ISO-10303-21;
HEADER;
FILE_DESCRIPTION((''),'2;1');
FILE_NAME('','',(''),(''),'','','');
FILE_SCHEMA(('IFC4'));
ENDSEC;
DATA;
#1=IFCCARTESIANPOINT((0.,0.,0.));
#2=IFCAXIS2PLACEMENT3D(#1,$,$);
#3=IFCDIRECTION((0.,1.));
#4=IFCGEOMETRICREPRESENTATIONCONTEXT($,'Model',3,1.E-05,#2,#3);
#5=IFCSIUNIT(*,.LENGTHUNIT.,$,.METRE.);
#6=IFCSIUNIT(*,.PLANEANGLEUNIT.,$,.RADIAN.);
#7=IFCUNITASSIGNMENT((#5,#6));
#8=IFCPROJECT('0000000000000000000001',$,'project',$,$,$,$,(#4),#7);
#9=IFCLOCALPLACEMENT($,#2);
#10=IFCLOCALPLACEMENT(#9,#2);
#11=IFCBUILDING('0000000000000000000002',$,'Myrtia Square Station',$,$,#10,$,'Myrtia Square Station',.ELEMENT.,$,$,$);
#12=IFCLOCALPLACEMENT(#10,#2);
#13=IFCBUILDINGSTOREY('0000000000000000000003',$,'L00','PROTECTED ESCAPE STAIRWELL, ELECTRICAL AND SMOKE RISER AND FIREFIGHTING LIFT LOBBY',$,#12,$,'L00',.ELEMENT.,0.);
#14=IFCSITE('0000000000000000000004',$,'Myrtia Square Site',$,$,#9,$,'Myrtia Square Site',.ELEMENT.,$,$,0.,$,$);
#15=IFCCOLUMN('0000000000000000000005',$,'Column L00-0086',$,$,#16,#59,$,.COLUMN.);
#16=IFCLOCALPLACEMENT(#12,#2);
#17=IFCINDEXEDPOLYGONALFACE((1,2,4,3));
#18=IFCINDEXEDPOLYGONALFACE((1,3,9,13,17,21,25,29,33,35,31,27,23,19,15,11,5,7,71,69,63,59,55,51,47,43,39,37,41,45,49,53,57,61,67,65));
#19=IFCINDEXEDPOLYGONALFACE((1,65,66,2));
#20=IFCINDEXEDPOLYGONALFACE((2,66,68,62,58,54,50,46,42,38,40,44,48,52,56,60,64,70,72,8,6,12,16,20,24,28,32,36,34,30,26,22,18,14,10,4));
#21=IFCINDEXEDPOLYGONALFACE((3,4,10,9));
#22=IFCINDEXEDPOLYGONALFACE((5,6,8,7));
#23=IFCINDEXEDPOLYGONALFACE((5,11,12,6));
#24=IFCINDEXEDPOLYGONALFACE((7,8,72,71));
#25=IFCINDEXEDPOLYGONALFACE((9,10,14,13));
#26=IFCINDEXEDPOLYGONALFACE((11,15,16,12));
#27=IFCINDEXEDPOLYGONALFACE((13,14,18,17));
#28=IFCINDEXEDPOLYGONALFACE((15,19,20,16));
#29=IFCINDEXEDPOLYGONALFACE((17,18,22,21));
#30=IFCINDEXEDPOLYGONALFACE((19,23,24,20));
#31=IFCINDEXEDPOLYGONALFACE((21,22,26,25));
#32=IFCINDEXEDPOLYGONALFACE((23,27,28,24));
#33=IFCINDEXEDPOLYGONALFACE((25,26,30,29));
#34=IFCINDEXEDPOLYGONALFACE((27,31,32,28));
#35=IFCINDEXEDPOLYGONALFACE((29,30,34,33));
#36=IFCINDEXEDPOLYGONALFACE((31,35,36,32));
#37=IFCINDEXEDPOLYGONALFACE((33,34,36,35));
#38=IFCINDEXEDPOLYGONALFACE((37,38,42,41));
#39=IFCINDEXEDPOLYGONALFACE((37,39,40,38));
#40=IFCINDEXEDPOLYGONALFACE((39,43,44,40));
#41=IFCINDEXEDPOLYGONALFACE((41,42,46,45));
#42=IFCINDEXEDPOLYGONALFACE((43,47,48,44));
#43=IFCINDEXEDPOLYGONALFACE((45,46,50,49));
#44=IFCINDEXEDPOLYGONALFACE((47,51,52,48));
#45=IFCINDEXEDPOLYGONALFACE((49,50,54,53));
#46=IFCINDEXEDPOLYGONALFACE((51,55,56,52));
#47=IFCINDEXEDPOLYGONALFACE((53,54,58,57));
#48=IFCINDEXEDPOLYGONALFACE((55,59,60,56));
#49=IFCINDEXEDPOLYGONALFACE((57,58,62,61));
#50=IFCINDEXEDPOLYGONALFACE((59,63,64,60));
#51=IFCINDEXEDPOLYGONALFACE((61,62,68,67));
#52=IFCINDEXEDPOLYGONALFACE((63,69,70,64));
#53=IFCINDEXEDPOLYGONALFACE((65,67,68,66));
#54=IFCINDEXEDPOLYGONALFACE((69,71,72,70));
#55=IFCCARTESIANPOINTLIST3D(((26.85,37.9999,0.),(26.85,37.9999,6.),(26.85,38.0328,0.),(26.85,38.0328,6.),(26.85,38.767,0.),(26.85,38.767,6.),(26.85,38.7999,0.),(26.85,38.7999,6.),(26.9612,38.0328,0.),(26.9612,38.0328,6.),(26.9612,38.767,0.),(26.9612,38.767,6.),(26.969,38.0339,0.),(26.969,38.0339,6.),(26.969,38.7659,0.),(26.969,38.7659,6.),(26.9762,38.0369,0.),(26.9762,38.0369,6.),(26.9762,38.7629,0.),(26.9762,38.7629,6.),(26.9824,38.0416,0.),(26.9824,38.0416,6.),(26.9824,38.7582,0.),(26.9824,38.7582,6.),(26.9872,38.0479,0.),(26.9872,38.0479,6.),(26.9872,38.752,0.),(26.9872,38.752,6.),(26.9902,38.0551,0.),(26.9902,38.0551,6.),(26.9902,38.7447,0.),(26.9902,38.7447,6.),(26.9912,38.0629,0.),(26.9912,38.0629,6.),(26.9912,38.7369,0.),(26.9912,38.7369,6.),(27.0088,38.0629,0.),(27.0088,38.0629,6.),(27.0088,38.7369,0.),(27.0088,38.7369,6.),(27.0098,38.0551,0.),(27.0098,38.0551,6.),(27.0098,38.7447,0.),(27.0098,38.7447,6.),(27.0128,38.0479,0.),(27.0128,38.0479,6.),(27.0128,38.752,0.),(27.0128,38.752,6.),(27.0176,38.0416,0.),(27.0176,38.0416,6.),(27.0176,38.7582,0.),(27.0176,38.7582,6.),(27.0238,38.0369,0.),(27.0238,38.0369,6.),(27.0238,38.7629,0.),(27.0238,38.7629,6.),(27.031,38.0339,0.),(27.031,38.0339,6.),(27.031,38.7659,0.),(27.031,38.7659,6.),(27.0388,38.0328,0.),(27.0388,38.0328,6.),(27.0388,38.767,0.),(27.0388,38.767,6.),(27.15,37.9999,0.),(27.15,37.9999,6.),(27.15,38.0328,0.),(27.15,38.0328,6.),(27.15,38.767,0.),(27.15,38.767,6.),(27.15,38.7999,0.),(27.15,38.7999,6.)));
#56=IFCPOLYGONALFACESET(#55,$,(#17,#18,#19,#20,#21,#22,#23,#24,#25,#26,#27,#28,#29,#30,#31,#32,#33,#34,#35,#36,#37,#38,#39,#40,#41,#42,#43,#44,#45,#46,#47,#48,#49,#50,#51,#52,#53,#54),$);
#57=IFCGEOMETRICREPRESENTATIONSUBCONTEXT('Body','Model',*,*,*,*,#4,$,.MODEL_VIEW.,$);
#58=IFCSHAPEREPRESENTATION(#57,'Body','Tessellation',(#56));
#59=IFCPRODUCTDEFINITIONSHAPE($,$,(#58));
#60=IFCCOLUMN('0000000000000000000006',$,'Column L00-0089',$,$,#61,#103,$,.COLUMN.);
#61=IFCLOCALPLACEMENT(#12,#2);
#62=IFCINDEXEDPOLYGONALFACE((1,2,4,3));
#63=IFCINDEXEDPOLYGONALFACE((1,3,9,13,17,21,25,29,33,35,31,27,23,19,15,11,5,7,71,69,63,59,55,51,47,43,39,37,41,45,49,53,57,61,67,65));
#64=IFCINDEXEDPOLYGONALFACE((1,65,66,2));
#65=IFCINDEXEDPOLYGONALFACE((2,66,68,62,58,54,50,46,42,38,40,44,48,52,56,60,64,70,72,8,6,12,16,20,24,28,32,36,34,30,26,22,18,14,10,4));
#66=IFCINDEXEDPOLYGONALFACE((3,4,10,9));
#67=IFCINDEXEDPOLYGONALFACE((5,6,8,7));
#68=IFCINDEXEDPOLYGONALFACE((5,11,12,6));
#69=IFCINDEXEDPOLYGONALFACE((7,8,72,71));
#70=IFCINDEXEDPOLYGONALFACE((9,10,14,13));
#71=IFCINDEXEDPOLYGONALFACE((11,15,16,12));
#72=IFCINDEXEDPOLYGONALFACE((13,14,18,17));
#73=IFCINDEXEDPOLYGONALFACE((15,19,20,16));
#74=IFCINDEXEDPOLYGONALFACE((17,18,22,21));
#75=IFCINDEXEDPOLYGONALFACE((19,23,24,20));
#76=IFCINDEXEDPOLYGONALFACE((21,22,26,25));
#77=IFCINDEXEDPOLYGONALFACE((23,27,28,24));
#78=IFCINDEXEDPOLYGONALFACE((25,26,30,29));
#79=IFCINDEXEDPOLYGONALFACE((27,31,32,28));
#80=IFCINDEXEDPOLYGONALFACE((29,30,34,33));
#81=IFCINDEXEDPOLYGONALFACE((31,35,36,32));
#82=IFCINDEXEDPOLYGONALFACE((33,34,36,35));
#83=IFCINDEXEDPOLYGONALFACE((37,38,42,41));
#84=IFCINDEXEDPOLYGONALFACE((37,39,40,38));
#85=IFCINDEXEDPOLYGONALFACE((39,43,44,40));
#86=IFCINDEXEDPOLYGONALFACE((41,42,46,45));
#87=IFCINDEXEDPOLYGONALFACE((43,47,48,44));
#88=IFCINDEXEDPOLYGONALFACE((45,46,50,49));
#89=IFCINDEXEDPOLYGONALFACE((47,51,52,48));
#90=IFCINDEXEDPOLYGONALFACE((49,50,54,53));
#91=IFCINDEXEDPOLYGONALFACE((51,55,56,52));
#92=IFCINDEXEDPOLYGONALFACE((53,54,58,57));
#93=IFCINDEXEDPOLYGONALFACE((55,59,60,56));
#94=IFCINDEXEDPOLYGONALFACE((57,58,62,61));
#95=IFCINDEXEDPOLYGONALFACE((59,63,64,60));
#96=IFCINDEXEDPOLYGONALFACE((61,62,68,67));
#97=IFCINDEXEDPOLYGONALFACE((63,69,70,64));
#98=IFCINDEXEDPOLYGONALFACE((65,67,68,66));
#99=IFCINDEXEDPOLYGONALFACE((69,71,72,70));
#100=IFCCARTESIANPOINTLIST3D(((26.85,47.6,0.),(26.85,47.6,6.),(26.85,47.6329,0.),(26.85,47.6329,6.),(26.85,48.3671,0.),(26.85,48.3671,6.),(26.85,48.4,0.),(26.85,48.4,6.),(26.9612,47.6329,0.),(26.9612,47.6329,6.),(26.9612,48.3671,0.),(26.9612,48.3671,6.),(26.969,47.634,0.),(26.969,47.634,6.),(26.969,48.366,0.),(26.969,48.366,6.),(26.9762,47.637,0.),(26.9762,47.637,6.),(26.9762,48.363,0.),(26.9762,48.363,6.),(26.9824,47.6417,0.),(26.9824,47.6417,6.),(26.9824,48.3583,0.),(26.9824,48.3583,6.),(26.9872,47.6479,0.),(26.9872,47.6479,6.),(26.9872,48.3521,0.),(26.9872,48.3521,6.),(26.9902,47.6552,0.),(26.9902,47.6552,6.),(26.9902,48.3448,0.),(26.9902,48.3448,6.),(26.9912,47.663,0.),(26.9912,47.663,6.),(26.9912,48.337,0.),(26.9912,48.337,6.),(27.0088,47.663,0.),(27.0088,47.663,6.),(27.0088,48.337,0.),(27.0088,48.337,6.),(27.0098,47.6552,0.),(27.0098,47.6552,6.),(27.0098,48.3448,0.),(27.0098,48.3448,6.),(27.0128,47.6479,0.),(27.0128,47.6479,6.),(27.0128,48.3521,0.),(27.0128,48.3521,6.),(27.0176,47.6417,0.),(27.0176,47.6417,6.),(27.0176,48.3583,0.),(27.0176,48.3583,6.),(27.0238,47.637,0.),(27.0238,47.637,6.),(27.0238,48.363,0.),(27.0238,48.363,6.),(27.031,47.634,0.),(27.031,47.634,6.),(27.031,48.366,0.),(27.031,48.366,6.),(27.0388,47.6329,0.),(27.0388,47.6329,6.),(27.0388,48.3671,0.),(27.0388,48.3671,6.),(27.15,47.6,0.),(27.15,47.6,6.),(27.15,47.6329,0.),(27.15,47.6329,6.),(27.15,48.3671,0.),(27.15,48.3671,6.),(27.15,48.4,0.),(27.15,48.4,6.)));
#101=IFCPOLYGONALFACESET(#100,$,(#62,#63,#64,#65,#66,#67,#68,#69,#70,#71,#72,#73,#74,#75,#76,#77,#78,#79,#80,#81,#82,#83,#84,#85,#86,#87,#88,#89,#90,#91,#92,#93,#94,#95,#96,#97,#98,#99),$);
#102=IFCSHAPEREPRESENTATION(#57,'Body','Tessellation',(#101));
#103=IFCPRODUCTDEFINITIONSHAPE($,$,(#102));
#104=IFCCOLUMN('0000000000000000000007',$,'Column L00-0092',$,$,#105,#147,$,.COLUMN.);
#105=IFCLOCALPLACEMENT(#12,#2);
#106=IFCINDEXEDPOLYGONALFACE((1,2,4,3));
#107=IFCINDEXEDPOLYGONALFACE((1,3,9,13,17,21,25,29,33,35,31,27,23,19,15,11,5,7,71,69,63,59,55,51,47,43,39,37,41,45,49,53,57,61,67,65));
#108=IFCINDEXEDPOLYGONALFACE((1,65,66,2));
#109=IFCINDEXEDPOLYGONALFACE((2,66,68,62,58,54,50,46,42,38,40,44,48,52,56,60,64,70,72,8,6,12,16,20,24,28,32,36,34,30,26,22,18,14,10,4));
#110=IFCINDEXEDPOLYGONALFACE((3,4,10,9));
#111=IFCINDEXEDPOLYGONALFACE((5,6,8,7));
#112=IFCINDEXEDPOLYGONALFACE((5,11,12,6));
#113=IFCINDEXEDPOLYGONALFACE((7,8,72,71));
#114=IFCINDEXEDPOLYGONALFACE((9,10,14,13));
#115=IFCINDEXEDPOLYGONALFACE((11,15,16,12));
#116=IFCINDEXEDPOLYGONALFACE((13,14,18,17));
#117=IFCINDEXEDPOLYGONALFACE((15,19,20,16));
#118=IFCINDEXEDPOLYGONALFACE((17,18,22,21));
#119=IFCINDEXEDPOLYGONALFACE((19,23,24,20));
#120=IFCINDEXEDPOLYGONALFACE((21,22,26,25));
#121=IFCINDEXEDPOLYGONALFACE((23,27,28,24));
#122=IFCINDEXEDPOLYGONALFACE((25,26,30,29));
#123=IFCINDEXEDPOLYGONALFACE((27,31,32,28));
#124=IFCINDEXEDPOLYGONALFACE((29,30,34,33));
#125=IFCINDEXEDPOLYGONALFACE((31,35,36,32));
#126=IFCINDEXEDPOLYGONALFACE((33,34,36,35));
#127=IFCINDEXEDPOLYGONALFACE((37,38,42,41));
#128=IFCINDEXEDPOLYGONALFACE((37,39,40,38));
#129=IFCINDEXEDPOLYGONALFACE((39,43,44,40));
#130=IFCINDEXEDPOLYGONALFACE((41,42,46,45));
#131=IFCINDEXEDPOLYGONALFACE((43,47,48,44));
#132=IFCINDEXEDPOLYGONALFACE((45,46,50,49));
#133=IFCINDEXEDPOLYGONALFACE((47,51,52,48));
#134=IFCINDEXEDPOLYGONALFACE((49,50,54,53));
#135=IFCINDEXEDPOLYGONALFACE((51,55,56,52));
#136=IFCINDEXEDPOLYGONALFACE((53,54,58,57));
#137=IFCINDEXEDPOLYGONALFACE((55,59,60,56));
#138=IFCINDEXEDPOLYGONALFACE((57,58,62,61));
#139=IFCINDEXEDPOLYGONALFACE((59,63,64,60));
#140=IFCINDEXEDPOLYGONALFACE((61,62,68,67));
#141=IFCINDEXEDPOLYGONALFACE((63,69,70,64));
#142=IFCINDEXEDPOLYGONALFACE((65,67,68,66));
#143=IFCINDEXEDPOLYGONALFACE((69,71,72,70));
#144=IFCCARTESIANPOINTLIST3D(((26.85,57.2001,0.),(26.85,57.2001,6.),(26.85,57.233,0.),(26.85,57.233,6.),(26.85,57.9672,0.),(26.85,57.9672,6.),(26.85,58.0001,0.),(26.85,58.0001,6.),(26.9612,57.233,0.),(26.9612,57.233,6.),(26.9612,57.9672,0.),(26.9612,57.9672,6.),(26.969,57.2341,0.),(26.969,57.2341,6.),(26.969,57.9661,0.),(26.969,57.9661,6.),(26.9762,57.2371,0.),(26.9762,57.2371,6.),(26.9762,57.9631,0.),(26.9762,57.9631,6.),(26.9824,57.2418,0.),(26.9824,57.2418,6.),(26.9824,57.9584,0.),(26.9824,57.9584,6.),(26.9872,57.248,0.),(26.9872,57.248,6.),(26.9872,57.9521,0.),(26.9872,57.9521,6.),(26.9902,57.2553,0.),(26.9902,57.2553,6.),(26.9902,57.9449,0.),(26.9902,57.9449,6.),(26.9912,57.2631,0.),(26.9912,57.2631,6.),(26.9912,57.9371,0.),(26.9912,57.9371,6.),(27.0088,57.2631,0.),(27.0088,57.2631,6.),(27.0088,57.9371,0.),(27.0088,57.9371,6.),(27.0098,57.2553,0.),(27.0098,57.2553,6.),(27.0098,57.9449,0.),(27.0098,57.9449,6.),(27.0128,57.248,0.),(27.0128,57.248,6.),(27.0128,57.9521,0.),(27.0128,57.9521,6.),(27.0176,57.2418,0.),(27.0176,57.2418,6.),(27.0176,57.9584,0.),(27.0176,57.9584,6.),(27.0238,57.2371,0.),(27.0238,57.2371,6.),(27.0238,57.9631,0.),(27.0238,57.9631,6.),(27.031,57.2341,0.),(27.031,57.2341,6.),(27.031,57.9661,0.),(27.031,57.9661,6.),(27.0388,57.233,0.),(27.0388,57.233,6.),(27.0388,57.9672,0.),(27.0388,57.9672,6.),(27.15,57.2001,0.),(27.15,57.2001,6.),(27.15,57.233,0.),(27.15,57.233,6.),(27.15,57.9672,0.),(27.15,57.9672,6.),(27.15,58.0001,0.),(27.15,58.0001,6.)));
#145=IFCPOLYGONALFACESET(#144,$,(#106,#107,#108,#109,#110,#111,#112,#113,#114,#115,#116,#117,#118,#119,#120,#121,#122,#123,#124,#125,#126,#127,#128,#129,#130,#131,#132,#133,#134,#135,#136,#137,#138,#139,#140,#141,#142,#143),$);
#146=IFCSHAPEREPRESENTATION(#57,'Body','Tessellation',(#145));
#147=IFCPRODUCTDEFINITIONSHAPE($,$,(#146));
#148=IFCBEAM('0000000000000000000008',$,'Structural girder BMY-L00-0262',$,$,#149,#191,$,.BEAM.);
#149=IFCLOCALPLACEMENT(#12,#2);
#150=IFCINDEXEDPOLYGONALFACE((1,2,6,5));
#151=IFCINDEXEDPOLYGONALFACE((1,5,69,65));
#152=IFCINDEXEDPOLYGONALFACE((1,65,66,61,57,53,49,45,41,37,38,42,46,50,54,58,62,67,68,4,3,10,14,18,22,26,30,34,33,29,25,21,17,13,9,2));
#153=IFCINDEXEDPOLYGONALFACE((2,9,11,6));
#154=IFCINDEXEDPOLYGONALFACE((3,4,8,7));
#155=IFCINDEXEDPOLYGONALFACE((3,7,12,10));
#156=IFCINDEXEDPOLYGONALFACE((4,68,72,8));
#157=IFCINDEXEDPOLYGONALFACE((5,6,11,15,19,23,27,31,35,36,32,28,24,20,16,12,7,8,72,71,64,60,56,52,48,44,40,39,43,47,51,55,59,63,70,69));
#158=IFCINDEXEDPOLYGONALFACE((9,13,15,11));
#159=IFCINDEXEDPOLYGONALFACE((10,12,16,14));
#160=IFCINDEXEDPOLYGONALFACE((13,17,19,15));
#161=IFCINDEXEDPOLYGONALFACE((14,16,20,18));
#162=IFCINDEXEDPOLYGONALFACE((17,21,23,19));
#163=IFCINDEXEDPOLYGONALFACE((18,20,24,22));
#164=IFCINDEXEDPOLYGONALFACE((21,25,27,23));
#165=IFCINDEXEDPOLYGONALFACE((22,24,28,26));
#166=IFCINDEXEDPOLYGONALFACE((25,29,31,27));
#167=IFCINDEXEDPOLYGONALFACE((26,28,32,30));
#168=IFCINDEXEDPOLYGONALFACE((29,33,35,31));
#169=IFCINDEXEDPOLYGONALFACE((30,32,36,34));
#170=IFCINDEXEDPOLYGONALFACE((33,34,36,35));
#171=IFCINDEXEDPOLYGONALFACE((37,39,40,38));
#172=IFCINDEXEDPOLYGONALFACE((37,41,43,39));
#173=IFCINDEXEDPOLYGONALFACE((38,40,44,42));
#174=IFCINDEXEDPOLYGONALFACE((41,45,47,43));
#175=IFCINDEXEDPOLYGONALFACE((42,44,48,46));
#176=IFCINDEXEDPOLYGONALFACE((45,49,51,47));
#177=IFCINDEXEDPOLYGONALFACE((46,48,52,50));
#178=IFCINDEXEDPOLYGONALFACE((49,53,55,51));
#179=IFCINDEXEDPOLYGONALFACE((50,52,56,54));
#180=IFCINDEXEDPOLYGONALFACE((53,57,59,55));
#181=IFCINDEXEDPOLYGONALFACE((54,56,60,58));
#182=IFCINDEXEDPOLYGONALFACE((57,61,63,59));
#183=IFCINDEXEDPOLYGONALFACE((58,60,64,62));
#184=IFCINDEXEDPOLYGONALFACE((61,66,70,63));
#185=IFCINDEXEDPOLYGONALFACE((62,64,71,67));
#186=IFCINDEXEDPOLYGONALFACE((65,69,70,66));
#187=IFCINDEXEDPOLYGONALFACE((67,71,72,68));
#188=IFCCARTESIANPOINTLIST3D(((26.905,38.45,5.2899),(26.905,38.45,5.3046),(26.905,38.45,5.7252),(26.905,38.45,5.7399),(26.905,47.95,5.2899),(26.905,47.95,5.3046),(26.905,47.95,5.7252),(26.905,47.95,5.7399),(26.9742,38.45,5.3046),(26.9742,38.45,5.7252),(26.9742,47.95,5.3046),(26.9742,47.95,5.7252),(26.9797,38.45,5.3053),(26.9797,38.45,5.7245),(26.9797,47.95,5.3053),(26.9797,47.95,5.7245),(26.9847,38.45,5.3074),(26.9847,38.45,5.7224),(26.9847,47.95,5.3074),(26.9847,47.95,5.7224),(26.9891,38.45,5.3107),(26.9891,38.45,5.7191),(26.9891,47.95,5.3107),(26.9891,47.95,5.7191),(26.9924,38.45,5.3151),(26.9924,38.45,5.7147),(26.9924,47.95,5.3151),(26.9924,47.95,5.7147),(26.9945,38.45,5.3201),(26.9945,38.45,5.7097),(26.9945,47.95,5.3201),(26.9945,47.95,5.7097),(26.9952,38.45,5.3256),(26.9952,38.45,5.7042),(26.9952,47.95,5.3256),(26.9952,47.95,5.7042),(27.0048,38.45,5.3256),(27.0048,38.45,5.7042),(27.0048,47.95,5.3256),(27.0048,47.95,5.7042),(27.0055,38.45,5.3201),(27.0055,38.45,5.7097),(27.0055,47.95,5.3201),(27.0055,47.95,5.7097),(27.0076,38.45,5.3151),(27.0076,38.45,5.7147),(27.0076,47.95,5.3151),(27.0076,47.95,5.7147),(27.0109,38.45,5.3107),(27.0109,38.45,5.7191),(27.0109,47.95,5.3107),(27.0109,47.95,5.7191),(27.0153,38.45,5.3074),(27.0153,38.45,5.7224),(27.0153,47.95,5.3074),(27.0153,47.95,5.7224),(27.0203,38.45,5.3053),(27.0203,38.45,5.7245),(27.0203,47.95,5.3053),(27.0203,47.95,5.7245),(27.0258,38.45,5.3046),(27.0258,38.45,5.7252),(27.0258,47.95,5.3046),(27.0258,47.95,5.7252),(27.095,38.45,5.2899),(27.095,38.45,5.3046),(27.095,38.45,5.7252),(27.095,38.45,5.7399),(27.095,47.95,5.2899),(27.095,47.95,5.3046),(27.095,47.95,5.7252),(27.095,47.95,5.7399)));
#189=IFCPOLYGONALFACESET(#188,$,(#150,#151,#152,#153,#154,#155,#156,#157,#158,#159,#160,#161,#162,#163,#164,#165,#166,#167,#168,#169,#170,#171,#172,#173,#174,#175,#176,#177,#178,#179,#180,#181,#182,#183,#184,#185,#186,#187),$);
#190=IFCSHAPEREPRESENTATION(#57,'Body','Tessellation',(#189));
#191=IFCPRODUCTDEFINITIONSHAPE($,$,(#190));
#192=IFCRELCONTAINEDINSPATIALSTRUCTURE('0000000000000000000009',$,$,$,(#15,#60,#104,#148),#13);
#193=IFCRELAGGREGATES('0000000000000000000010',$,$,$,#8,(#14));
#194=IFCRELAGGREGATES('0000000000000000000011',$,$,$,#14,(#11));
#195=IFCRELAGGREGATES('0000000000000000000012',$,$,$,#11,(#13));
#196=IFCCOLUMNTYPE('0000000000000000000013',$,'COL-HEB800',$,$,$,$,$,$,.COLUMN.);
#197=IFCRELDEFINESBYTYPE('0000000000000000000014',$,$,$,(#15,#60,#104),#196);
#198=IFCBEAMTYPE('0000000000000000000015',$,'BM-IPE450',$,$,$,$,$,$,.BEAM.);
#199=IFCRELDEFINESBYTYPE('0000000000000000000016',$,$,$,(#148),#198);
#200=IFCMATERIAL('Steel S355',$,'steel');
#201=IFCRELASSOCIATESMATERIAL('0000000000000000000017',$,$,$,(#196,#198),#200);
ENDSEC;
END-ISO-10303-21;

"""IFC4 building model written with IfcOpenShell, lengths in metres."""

from ifc_helpers import new_model, si_unit, direction, frame, origin, origin_2d, place, context, subcontext, project, spatial, i_section, extrude, material, material_profile, profile_set, type_object, element, save


model = new_model("IFC4")

# Units and contexts
model_context = context("Model", 3, precision=1e-05, world=origin(), true_north=direction((0.0, 1.0)))
body_context = subcontext(model_context, "Body", "Model", "MODEL_VIEW")
ifc_project = project(units=[si_unit("LENGTHUNIT", "METRE"), si_unit("PLANEANGLEUNIT", "RADIAN")], contexts=[model_context])

# Site, building, storey
site_placement = place(None, origin())
site = spatial("IfcSite", under=ifc_project, at=site_placement, Name="Myrtia Square Site", LongName="Myrtia Square Site", CompositionType="ELEMENT", RefElevation=0.0)
building_placement = place(site_placement, origin())
building = spatial("IfcBuilding", under=site, at=building_placement, Name="Myrtia Square Station", LongName="Myrtia Square Station", CompositionType="ELEMENT")
storey_placement = place(building_placement, origin())
storey = spatial("IfcBuildingStorey", under=building, at=storey_placement, Name="L00", Description="PROTECTED ESCAPE STAIRWELL, ELECTRICAL AND SMOKE RISER AND FIREFIGHTING LIFT LOBBY", LongName="L00", CompositionType="ELEMENT", Elevation=0.0)

# Columns
ifc_material_1 = material(Name="Steel S355", Category="steel")
ifc_material_profile_1 = material_profile(ifc_material_1, i_section(OverallWidth=0.3, OverallDepth=0.8, WebThickness=0.0176, FlangeThickness=0.033, FilletRadius=0.03, at=origin_2d()), Name="HEB 800")
ifc_profile_set_1 = profile_set([ifc_material_profile_1], Name="Steel S355")
column_type = type_object("IfcColumnType", Name="COL-HEB800", PredefinedType="COLUMN", material=ifc_profile_set_1)
for number, where, z_axis, x_axis, name in (
    (1, (27.0, 38.3999, 0.0), (0.0, 0.0, 1.0), (1.0, 0.0, 0.0), "Column L00-0086"),
    (2, (27.0, 48.0, 0.0), (0.0, 0.0, 1.0), (1.0, 0.0, 0.0), "Column L00-0089"),
    (3, (27.0, 57.6001, 0.0), (0.0, 0.0, 1.0), (1.0, 0.0, 0.0), "Column L00-0092"),
):
    element("IfcColumn", number, at=place(storey_placement, frame(where, z_axis=z_axis, x_axis=x_axis)), inside=storey, type_object=column_type, Name=name, PredefinedType="COLUMN", context=body_context, shape_type="SweptSolid", body=[
        extrude(i_section(OverallWidth=0.3, OverallDepth=0.8, WebThickness=0.0176, FlangeThickness=0.033, FilletRadius=0.03, at=origin_2d()), origin(), (0.0, 0.0, 1.0), 6.0),
    ])

# Beam
ifc_material_profile_2 = material_profile(ifc_material_1, i_section(OverallWidth=0.1899, OverallDepth=0.45, WebThickness=0.0095, FlangeThickness=0.0146, FilletRadius=0.021, at=origin_2d()), Name="IPE 450")
ifc_profile_set_2 = profile_set([ifc_material_profile_2], Name="Steel S355")
beam_type_1 = type_object("IfcBeamType", Name="BM-IPE450", PredefinedType="BEAM", material=ifc_profile_set_2)
for number, where, z_axis, x_axis, name in (
    (4, (27.0, 38.45, 5.5149), (0.0, 1.0, 0.0), (-1.0, 0.0, 0.0), "Structural girder BMY-L00-0262"),
):
    element("IfcBeam", number, at=place(storey_placement, frame(where, z_axis=z_axis, x_axis=x_axis)), inside=storey, type_object=beam_type_1, Name=name, PredefinedType="BEAM", context=body_context, shape_type="SweptSolid", body=[
        extrude(i_section(OverallWidth=0.1899, OverallDepth=0.45, WebThickness=0.0095, FlangeThickness=0.0146, FilletRadius=0.021, at=origin_2d()), origin(), (0.0, 0.0, 1.0), 9.5),
    ])

save(model, "model.ifc")
